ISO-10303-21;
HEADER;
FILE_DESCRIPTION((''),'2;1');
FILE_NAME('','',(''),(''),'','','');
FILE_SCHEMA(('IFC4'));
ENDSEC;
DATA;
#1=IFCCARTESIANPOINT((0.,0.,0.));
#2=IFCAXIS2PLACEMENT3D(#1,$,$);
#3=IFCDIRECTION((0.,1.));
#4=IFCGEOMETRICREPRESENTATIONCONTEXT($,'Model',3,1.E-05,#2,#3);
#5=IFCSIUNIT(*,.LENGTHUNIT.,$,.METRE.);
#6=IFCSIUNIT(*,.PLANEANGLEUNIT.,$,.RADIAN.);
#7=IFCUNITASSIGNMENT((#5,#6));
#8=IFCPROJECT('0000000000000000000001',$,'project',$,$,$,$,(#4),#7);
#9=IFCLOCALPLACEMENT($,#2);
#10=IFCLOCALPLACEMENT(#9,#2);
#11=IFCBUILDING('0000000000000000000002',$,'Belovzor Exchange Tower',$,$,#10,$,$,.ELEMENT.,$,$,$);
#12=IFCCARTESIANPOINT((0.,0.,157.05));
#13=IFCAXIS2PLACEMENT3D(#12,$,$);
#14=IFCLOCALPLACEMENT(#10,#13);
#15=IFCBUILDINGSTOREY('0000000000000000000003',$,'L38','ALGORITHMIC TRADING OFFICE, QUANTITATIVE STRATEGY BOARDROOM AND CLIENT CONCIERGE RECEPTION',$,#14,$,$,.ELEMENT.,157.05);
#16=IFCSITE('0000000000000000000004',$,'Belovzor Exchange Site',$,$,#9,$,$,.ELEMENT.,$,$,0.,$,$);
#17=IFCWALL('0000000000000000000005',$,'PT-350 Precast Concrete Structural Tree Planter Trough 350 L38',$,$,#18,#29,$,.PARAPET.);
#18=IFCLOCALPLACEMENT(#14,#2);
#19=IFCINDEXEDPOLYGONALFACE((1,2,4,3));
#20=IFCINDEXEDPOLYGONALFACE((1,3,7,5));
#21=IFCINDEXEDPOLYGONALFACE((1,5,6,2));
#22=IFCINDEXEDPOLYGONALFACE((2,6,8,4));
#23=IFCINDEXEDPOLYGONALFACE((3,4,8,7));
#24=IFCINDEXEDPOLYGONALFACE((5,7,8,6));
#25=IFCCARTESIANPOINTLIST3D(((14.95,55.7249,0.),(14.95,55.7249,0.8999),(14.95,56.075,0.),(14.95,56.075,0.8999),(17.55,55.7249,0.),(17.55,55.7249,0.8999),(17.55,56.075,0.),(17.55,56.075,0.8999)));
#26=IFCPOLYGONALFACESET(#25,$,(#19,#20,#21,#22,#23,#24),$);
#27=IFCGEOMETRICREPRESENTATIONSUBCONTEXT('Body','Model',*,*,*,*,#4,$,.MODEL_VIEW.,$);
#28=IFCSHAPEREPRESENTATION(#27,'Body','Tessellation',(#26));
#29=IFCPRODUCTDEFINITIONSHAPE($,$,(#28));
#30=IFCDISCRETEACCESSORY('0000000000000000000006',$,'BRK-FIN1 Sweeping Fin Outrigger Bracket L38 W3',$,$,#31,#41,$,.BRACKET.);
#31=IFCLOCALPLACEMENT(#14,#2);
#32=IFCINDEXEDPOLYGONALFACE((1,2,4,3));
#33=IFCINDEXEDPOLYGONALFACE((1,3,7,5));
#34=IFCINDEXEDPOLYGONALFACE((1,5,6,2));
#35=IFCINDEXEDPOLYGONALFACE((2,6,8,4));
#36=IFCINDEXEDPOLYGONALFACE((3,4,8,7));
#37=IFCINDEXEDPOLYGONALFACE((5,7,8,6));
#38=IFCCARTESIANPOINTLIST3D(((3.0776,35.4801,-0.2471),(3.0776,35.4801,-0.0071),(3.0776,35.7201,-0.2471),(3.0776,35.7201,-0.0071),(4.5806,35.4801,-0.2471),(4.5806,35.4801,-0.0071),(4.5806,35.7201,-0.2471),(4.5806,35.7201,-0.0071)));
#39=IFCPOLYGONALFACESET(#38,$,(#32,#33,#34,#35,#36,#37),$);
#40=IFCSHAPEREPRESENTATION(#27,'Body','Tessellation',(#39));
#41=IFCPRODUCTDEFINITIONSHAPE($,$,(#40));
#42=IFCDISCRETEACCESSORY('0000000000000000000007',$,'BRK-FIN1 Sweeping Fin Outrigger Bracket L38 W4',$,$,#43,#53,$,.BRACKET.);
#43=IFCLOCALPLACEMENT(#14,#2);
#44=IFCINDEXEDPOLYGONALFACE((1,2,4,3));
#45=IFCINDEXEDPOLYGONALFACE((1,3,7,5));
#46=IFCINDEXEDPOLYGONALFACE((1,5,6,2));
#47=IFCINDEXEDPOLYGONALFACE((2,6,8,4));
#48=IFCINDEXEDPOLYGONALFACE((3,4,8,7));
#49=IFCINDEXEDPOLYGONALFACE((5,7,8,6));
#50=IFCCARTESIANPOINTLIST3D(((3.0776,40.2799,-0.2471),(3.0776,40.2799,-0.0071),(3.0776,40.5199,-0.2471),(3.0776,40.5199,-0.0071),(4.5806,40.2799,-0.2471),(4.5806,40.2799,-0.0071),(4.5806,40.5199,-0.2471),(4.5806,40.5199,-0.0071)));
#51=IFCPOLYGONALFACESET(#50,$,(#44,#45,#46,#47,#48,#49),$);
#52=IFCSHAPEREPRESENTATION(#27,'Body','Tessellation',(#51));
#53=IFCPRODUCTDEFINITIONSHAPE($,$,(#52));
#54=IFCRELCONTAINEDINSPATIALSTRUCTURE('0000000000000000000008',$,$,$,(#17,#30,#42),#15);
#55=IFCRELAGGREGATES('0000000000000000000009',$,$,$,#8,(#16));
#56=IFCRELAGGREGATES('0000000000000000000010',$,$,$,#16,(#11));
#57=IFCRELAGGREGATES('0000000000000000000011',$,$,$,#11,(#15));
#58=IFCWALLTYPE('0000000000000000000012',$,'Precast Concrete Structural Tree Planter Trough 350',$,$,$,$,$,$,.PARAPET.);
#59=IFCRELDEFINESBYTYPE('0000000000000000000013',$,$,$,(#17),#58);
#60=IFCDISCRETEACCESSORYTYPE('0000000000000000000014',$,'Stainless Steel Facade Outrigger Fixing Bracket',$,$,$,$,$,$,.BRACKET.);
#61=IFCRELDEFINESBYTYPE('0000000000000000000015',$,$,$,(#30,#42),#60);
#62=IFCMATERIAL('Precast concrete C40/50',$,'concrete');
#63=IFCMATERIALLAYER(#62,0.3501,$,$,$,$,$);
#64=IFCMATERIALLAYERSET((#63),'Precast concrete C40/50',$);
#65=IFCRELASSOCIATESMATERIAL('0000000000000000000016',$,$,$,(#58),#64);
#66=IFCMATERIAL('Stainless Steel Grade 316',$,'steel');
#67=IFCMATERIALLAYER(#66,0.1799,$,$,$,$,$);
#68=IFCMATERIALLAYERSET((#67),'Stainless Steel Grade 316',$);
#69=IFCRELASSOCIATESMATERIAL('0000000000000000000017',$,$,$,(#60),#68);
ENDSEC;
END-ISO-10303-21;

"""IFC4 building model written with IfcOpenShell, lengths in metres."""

from ifc_helpers import new_model, si_unit, direction, frame, frame_2d, origin, origin_2d, place, context, subcontext, project, spatial, rectangle, extrude, material, layer, layer_set, type_object, element, save


model = new_model("IFC4")

# Units and contexts
model_context = context("Model", 3, precision=1e-05, world=origin(), true_north=direction((0.0, 1.0)))
body_context = subcontext(model_context, "Body", "Model", "MODEL_VIEW")
ifc_project = project(units=[si_unit("LENGTHUNIT", "METRE"), si_unit("PLANEANGLEUNIT", "RADIAN")], contexts=[model_context])

# Site, building, storey
site_placement = place(None, origin())
site = spatial("IfcSite", under=ifc_project, at=site_placement, Name="Belovzor Exchange Site", CompositionType="ELEMENT", RefElevation=0.0)
building_placement = place(site_placement, origin())
building = spatial("IfcBuilding", under=site, at=building_placement, Name="Belovzor Exchange Tower", CompositionType="ELEMENT")
storey_placement = place(building_placement, frame((0.0, 0.0, 157.05)))
storey = spatial("IfcBuildingStorey", under=building, at=storey_placement, Name="L38", Description="ALGORITHMIC TRADING OFFICE, QUANTITATIVE STRATEGY BOARDROOM AND CLIENT CONCIERGE RECEPTION", CompositionType="ELEMENT", Elevation=157.05)

# Wall
ifc_material_1 = material(Name="Precast concrete C40/50", Category="concrete")
ifc_layer_1 = layer(ifc_material_1, 0.3501)
ifc_layer_set_1 = layer_set([ifc_layer_1], Name="Precast concrete C40/50")
wall_type_1 = type_object("IfcWallType", Name="Precast Concrete Structural Tree Planter Trough 350", PredefinedType="PARAPET", material=ifc_layer_set_1)
wall_1_placement = place(storey_placement, frame((14.95, 55.8999, 0.0), z_axis=(0.0, 0.0, 1.0), x_axis=(1.0, 0.0, 0.0)))
element("IfcWall", 1, at=wall_1_placement, inside=storey, type_object=wall_type_1, Name="PT-350 Precast Concrete Structural Tree Planter Trough 350 L38", PredefinedType="PARAPET", context=body_context, shape_type="SweptSolid", body=[
    extrude(rectangle(XDim=2.6001, YDim=0.3501, at=frame_2d((1.3, 0.0))), origin(), (0.0, 0.0, 1.0), 0.8999),
])

# Discrete accessories
ifc_material_2 = material(Name="Stainless Steel Grade 316", Category="steel")
ifc_layer_2 = layer(ifc_material_2, 0.1799)
ifc_layer_set_2 = layer_set([ifc_layer_2], Name="Stainless Steel Grade 316")
discrete_accessory_type = type_object("IfcDiscreteAccessoryType", Name="Stainless Steel Facade Outrigger Fixing Bracket", PredefinedType="BRACKET", material=ifc_layer_set_2)
for number, where, z_axis, x_axis, name in (
    (2, (3.8291, 35.6001, -0.2471), (0.0, 0.0, 1.0), (1.0, 0.0, 0.0), "BRK-FIN1 Sweeping Fin Outrigger Bracket L38 W3"),
    (3, (3.8291, 40.3999, -0.2471), (0.0, 0.0, 1.0), (1.0, 0.0, 0.0), "BRK-FIN1 Sweeping Fin Outrigger Bracket L38 W4"),
):
    element("IfcDiscreteAccessory", number, at=place(storey_placement, frame(where, z_axis=z_axis, x_axis=x_axis)), inside=storey, type_object=discrete_accessory_type, Name=name, PredefinedType="BRACKET", context=body_context, shape_type="SweptSolid", body=[
        extrude(rectangle(XDim=1.5029, YDim=0.24, at=origin_2d()), origin(), (0.0, 0.0, 1.0), 0.24),
    ])

save(model, "model.ifc")
